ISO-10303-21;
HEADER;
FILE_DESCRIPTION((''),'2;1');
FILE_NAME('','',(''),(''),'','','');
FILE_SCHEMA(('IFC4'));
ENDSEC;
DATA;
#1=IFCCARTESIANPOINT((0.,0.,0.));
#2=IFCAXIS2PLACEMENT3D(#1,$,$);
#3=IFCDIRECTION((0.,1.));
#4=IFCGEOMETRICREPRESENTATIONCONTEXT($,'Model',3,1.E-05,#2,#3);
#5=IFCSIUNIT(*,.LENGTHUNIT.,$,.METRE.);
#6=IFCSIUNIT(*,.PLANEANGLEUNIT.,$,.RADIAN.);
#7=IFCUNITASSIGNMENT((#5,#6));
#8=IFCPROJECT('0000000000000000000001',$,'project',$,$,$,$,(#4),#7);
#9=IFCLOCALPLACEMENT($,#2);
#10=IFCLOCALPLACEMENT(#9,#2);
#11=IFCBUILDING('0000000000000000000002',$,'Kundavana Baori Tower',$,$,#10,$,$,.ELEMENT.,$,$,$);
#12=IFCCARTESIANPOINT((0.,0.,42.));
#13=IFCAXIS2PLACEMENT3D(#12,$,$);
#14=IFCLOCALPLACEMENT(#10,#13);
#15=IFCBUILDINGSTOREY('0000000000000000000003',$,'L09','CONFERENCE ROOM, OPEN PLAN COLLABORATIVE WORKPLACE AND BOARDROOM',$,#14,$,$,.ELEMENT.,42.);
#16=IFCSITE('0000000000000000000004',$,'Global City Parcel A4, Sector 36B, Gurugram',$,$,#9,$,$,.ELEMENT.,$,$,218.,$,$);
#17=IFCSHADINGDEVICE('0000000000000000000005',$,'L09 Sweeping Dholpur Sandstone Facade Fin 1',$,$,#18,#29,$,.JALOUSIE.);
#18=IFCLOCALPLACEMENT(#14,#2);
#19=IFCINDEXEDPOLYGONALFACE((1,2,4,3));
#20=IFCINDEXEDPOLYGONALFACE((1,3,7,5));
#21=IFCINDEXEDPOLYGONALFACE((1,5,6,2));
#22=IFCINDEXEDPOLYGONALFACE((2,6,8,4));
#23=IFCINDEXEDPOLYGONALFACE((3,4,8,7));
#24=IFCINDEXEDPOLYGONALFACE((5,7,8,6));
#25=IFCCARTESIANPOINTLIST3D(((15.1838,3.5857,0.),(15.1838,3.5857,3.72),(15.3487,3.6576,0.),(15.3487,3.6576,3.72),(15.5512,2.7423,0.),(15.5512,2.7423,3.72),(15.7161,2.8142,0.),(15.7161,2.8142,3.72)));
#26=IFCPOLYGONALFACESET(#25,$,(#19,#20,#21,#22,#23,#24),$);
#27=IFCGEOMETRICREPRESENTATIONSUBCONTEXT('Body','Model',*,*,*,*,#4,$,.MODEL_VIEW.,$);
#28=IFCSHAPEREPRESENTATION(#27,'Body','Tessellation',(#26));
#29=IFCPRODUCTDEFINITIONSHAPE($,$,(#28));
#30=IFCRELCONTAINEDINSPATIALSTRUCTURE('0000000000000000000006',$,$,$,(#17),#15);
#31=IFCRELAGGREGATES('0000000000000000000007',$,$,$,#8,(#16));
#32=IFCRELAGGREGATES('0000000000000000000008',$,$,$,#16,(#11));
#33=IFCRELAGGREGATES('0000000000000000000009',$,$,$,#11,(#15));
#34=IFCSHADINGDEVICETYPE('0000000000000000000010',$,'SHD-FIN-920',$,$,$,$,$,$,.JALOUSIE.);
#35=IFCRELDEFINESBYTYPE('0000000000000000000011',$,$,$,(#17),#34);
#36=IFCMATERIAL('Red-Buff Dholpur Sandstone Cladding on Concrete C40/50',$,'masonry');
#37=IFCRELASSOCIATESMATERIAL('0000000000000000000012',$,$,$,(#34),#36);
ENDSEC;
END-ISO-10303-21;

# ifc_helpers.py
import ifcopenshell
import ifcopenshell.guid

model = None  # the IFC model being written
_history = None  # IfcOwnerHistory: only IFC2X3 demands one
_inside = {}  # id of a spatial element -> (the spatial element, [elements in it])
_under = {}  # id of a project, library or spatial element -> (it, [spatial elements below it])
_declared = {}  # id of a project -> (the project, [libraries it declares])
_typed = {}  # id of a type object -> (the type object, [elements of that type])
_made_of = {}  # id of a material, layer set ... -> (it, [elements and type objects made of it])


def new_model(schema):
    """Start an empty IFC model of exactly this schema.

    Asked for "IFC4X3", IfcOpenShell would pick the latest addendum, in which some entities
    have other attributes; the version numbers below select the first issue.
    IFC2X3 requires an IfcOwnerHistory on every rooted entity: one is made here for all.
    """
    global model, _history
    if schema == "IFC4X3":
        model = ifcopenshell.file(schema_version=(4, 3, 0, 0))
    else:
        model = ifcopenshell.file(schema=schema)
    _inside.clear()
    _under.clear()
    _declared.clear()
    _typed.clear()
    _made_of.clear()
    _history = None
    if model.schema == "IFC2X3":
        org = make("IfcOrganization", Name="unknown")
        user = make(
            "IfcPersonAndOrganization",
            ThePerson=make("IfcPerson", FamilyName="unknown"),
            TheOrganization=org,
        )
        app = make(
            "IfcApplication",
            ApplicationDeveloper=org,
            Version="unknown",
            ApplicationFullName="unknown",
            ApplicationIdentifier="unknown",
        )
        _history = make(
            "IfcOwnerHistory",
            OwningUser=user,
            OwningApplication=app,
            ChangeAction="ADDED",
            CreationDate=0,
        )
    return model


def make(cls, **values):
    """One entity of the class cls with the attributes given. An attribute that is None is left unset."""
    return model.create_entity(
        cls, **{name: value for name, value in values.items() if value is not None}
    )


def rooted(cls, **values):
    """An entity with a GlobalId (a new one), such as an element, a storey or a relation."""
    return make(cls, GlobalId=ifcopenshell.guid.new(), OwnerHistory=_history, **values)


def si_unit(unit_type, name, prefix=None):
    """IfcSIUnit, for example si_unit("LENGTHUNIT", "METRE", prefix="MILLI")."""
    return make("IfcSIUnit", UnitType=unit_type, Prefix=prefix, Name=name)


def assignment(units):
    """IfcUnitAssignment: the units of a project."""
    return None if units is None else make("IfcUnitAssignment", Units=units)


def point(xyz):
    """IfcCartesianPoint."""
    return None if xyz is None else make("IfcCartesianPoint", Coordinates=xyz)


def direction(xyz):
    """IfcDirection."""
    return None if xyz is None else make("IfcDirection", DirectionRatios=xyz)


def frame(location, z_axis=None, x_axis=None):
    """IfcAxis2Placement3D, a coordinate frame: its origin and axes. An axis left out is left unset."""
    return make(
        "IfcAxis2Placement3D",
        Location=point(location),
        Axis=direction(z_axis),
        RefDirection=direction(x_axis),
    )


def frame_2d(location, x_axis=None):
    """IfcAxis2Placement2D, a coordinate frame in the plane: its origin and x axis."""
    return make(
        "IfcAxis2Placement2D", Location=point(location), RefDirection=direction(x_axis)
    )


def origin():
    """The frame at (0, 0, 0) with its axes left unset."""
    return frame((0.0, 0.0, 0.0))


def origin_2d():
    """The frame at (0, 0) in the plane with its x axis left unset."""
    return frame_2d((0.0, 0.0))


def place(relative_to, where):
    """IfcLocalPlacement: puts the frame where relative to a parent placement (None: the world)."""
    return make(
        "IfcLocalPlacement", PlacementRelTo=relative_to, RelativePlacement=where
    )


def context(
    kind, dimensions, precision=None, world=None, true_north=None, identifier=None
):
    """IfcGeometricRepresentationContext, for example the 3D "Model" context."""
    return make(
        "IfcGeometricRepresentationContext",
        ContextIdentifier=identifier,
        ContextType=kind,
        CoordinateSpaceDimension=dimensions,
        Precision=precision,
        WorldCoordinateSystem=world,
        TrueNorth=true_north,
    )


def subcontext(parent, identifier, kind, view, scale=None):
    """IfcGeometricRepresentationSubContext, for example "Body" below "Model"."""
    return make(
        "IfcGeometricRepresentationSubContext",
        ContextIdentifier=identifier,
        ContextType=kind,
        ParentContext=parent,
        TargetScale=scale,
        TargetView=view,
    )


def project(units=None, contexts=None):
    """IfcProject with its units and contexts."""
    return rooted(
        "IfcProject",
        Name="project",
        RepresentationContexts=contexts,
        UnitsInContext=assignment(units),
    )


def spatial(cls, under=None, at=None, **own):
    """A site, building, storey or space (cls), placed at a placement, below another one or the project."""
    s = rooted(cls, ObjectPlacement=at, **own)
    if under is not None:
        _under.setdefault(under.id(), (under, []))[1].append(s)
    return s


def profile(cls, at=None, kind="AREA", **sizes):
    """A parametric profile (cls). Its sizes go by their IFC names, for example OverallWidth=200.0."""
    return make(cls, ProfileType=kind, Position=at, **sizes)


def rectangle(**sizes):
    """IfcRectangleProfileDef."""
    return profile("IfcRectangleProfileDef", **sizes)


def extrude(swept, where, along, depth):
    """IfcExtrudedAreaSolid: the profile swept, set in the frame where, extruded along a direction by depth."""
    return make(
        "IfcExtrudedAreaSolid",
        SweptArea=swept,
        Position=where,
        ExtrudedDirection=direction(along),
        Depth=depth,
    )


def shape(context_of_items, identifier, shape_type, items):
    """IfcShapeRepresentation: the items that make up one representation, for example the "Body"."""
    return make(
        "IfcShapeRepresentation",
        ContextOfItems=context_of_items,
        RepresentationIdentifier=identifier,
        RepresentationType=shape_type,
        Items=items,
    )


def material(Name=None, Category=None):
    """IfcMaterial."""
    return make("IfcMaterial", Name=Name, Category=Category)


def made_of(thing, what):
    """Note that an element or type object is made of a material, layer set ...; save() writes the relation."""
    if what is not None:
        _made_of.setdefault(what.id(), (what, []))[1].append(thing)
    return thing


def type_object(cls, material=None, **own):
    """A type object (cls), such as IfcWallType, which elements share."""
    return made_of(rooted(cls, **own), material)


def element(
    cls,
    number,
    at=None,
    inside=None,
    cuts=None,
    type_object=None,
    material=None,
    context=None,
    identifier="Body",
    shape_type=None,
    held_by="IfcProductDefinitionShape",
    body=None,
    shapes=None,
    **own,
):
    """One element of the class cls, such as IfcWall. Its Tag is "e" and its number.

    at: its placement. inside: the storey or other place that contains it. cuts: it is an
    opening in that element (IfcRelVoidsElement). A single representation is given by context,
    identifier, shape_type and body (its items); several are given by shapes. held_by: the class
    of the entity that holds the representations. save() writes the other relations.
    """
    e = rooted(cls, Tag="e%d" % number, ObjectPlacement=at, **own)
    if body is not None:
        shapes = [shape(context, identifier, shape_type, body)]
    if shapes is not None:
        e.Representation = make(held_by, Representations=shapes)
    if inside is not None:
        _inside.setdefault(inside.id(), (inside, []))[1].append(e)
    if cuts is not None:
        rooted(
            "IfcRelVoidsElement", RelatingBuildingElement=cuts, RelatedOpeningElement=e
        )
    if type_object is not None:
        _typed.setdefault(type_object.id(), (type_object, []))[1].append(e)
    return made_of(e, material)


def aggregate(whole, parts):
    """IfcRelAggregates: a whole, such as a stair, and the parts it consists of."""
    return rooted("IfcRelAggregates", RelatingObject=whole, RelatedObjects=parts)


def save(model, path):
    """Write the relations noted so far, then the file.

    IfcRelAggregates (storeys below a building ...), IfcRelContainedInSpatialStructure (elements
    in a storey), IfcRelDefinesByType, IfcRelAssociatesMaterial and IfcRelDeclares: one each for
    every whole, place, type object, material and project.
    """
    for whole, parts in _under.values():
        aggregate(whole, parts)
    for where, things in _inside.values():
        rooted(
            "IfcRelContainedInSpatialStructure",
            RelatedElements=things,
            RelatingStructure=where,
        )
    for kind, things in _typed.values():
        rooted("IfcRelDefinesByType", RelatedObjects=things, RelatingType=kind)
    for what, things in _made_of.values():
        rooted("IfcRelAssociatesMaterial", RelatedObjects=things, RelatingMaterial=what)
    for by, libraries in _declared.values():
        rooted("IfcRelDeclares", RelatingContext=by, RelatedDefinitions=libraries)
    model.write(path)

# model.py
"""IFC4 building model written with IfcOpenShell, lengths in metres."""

from ifc_helpers import new_model, si_unit, direction, frame, origin, origin_2d, place, context, subcontext, project, spatial, rectangle, extrude, material, type_object, element, save


model = new_model("IFC4")

# Units and contexts
model_context = context("Model", 3, precision=1e-05, world=origin(), true_north=direction((0.0, 1.0)))
body_context = subcontext(model_context, "Body", "Model", "MODEL_VIEW")
ifc_project = project(units=[si_unit("LENGTHUNIT", "METRE"), si_unit("PLANEANGLEUNIT", "RADIAN")], contexts=[model_context])

# Site, building, storey
site_placement = place(None, origin())
site = spatial("IfcSite", under=ifc_project, at=site_placement, Name="Global City Parcel A4, Sector 36B, Gurugram", CompositionType="ELEMENT", RefElevation=218.0)
building_placement = place(site_placement, origin())
building = spatial("IfcBuilding", under=site, at=building_placement, Name="Kundavana Baori Tower", CompositionType="ELEMENT")
storey_placement = place(building_placement, frame((0.0, 0.0, 42.0)))
storey = spatial("IfcBuildingStorey", under=building, at=storey_placement, Name="L09", Description="CONFERENCE ROOM, OPEN PLAN COLLABORATIVE WORKPLACE AND BOARDROOM", CompositionType="ELEMENT", Elevation=42.0)

# Shading device
ifc_material_1 = material(Name="Red-Buff Dholpur Sandstone Cladding on Concrete C40/50", Category="masonry")
shading_device_type = type_object("IfcShadingDeviceType", Name="SHD-FIN-920", PredefinedType="JALOUSIE", material=ifc_material_1)
shading_device_placement = place(storey_placement, frame((15.45, 3.2, 0.0), z_axis=(0.0, 0.0, 1.0), x_axis=(0.916781, 0.399389, 0.0)))
element("IfcShadingDevice", 1, at=shading_device_placement, inside=storey, type_object=shading_device_type, Name="L09 Sweeping Dholpur Sandstone Facade Fin 1", PredefinedType="JALOUSIE", context=body_context, shape_type="SweptSolid", body=[
    extrude(rectangle(XDim=0.1799, YDim=0.9199, at=origin_2d()), origin(), (0.0, 0.0, 1.0), 3.72),
])

save(model, "model.ifc")
